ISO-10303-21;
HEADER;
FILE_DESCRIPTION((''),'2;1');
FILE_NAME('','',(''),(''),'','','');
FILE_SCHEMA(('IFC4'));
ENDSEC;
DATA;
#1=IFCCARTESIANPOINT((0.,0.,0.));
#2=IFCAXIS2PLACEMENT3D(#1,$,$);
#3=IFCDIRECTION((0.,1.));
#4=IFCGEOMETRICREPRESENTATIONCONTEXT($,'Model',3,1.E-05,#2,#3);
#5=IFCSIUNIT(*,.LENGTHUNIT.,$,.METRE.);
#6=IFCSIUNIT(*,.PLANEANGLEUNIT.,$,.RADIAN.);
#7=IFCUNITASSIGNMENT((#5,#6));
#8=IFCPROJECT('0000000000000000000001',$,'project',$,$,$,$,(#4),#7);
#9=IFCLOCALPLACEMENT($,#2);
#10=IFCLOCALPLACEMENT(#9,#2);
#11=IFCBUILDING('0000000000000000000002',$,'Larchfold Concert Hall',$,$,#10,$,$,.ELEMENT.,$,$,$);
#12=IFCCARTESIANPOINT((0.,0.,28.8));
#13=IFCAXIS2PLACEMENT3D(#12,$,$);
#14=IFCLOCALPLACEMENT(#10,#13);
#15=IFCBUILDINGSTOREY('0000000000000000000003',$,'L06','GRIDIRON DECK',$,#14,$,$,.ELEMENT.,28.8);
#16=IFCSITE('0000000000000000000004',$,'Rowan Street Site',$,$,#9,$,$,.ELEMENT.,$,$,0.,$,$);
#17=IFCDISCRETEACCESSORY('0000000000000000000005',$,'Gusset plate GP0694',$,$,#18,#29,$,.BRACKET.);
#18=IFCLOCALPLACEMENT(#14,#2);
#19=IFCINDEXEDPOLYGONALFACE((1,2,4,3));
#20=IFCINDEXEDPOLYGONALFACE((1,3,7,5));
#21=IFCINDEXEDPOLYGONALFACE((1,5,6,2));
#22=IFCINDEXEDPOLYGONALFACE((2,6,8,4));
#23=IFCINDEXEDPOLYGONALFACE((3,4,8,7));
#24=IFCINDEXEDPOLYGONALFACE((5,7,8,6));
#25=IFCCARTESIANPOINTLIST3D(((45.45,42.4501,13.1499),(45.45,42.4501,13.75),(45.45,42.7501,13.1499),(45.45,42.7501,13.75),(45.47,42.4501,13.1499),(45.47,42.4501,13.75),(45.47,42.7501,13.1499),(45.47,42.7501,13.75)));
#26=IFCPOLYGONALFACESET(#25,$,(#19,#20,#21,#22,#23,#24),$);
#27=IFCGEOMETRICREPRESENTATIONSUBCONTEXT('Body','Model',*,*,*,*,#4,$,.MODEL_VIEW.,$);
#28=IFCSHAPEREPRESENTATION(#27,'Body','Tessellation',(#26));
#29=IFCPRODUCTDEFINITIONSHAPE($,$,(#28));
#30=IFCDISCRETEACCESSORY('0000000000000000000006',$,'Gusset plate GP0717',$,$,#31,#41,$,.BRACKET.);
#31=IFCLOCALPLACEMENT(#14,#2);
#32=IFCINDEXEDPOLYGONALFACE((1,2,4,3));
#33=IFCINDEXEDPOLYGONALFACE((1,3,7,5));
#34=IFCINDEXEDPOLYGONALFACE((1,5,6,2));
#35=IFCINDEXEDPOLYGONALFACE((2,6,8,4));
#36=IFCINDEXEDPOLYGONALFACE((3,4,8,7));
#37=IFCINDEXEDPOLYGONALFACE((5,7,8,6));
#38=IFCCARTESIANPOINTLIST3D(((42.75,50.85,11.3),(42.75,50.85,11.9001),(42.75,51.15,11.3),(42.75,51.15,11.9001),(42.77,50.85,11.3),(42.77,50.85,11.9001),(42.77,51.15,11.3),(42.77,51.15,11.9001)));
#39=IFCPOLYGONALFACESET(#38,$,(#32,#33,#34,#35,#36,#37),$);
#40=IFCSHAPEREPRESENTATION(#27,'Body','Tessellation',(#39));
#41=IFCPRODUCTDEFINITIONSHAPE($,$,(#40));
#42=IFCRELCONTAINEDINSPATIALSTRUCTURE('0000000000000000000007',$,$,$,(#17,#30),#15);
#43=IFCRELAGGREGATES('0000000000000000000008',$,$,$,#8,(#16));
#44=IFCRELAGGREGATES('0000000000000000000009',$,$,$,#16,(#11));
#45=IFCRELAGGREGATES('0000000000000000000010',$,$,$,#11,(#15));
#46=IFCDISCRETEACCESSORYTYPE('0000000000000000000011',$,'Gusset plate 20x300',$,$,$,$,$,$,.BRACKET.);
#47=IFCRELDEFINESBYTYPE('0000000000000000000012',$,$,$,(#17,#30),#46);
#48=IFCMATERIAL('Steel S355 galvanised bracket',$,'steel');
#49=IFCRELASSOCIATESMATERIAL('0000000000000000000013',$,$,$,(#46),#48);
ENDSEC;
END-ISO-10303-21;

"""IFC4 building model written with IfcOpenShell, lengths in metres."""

from ifc_helpers import new_model, si_unit, direction, frame, origin, origin_2d, place, context, subcontext, project, spatial, rectangle, extrude, material, material_profile, profile_set, type_object, element, save


model = new_model("IFC4")

# Units and contexts
model_context = context("Model", 3, precision=1e-05, world=origin(), true_north=direction((0.0, 1.0)))
body_context = subcontext(model_context, "Body", "Model", "MODEL_VIEW")
ifc_project = project(units=[si_unit("LENGTHUNIT", "METRE"), si_unit("PLANEANGLEUNIT", "RADIAN")], contexts=[model_context])

# Site, building, storey
site_placement = place(None, origin())
site = spatial("IfcSite", under=ifc_project, at=site_placement, Name="Rowan Street Site", CompositionType="ELEMENT", RefElevation=0.0)
building_placement = place(site_placement, origin())
building = spatial("IfcBuilding", under=site, at=building_placement, Name="Larchfold Concert Hall", CompositionType="ELEMENT")
storey_placement = place(building_placement, frame((0.0, 0.0, 28.8)))
storey = spatial("IfcBuildingStorey", under=building, at=storey_placement, Name="L06", Description="GRIDIRON DECK", CompositionType="ELEMENT", Elevation=28.8)

# Discrete accessories
ifc_material_1 = material(Name="Steel S355 galvanised bracket", Category="steel")
ifc_material_profile_1 = material_profile(ifc_material_1, rectangle(XDim=0.02, YDim=0.3, at=origin_2d()))
ifc_profile_set_1 = profile_set([ifc_material_profile_1], Name="Steel S355 galvanised bracket")
discrete_accessory_type_1 = type_object("IfcDiscreteAccessoryType", Name="Gusset plate 20x300", PredefinedType="BRACKET", material=ifc_profile_set_1)
for number, where, z_axis, x_axis, name in (
    (1, (45.46, 42.6001, 13.1499), (0.0, 0.0, 1.0), (1.0, 0.0, 0.0), "Gusset plate GP0694"),
    (2, (42.76, 51.0, 11.3), (0.0, 0.0, 1.0), (1.0, 0.0, 0.0), "Gusset plate GP0717"),
):
    element("IfcDiscreteAccessory", number, at=place(storey_placement, frame(where, z_axis=z_axis, x_axis=x_axis)), inside=storey, type_object=discrete_accessory_type_1, Name=name, PredefinedType="BRACKET", context=body_context, shape_type="SweptSolid", body=[
        extrude(rectangle(XDim=0.02, YDim=0.3, at=origin_2d()), origin(), (0.0, 0.0, 1.0), 0.6001),
    ])

save(model, "model.ifc")
